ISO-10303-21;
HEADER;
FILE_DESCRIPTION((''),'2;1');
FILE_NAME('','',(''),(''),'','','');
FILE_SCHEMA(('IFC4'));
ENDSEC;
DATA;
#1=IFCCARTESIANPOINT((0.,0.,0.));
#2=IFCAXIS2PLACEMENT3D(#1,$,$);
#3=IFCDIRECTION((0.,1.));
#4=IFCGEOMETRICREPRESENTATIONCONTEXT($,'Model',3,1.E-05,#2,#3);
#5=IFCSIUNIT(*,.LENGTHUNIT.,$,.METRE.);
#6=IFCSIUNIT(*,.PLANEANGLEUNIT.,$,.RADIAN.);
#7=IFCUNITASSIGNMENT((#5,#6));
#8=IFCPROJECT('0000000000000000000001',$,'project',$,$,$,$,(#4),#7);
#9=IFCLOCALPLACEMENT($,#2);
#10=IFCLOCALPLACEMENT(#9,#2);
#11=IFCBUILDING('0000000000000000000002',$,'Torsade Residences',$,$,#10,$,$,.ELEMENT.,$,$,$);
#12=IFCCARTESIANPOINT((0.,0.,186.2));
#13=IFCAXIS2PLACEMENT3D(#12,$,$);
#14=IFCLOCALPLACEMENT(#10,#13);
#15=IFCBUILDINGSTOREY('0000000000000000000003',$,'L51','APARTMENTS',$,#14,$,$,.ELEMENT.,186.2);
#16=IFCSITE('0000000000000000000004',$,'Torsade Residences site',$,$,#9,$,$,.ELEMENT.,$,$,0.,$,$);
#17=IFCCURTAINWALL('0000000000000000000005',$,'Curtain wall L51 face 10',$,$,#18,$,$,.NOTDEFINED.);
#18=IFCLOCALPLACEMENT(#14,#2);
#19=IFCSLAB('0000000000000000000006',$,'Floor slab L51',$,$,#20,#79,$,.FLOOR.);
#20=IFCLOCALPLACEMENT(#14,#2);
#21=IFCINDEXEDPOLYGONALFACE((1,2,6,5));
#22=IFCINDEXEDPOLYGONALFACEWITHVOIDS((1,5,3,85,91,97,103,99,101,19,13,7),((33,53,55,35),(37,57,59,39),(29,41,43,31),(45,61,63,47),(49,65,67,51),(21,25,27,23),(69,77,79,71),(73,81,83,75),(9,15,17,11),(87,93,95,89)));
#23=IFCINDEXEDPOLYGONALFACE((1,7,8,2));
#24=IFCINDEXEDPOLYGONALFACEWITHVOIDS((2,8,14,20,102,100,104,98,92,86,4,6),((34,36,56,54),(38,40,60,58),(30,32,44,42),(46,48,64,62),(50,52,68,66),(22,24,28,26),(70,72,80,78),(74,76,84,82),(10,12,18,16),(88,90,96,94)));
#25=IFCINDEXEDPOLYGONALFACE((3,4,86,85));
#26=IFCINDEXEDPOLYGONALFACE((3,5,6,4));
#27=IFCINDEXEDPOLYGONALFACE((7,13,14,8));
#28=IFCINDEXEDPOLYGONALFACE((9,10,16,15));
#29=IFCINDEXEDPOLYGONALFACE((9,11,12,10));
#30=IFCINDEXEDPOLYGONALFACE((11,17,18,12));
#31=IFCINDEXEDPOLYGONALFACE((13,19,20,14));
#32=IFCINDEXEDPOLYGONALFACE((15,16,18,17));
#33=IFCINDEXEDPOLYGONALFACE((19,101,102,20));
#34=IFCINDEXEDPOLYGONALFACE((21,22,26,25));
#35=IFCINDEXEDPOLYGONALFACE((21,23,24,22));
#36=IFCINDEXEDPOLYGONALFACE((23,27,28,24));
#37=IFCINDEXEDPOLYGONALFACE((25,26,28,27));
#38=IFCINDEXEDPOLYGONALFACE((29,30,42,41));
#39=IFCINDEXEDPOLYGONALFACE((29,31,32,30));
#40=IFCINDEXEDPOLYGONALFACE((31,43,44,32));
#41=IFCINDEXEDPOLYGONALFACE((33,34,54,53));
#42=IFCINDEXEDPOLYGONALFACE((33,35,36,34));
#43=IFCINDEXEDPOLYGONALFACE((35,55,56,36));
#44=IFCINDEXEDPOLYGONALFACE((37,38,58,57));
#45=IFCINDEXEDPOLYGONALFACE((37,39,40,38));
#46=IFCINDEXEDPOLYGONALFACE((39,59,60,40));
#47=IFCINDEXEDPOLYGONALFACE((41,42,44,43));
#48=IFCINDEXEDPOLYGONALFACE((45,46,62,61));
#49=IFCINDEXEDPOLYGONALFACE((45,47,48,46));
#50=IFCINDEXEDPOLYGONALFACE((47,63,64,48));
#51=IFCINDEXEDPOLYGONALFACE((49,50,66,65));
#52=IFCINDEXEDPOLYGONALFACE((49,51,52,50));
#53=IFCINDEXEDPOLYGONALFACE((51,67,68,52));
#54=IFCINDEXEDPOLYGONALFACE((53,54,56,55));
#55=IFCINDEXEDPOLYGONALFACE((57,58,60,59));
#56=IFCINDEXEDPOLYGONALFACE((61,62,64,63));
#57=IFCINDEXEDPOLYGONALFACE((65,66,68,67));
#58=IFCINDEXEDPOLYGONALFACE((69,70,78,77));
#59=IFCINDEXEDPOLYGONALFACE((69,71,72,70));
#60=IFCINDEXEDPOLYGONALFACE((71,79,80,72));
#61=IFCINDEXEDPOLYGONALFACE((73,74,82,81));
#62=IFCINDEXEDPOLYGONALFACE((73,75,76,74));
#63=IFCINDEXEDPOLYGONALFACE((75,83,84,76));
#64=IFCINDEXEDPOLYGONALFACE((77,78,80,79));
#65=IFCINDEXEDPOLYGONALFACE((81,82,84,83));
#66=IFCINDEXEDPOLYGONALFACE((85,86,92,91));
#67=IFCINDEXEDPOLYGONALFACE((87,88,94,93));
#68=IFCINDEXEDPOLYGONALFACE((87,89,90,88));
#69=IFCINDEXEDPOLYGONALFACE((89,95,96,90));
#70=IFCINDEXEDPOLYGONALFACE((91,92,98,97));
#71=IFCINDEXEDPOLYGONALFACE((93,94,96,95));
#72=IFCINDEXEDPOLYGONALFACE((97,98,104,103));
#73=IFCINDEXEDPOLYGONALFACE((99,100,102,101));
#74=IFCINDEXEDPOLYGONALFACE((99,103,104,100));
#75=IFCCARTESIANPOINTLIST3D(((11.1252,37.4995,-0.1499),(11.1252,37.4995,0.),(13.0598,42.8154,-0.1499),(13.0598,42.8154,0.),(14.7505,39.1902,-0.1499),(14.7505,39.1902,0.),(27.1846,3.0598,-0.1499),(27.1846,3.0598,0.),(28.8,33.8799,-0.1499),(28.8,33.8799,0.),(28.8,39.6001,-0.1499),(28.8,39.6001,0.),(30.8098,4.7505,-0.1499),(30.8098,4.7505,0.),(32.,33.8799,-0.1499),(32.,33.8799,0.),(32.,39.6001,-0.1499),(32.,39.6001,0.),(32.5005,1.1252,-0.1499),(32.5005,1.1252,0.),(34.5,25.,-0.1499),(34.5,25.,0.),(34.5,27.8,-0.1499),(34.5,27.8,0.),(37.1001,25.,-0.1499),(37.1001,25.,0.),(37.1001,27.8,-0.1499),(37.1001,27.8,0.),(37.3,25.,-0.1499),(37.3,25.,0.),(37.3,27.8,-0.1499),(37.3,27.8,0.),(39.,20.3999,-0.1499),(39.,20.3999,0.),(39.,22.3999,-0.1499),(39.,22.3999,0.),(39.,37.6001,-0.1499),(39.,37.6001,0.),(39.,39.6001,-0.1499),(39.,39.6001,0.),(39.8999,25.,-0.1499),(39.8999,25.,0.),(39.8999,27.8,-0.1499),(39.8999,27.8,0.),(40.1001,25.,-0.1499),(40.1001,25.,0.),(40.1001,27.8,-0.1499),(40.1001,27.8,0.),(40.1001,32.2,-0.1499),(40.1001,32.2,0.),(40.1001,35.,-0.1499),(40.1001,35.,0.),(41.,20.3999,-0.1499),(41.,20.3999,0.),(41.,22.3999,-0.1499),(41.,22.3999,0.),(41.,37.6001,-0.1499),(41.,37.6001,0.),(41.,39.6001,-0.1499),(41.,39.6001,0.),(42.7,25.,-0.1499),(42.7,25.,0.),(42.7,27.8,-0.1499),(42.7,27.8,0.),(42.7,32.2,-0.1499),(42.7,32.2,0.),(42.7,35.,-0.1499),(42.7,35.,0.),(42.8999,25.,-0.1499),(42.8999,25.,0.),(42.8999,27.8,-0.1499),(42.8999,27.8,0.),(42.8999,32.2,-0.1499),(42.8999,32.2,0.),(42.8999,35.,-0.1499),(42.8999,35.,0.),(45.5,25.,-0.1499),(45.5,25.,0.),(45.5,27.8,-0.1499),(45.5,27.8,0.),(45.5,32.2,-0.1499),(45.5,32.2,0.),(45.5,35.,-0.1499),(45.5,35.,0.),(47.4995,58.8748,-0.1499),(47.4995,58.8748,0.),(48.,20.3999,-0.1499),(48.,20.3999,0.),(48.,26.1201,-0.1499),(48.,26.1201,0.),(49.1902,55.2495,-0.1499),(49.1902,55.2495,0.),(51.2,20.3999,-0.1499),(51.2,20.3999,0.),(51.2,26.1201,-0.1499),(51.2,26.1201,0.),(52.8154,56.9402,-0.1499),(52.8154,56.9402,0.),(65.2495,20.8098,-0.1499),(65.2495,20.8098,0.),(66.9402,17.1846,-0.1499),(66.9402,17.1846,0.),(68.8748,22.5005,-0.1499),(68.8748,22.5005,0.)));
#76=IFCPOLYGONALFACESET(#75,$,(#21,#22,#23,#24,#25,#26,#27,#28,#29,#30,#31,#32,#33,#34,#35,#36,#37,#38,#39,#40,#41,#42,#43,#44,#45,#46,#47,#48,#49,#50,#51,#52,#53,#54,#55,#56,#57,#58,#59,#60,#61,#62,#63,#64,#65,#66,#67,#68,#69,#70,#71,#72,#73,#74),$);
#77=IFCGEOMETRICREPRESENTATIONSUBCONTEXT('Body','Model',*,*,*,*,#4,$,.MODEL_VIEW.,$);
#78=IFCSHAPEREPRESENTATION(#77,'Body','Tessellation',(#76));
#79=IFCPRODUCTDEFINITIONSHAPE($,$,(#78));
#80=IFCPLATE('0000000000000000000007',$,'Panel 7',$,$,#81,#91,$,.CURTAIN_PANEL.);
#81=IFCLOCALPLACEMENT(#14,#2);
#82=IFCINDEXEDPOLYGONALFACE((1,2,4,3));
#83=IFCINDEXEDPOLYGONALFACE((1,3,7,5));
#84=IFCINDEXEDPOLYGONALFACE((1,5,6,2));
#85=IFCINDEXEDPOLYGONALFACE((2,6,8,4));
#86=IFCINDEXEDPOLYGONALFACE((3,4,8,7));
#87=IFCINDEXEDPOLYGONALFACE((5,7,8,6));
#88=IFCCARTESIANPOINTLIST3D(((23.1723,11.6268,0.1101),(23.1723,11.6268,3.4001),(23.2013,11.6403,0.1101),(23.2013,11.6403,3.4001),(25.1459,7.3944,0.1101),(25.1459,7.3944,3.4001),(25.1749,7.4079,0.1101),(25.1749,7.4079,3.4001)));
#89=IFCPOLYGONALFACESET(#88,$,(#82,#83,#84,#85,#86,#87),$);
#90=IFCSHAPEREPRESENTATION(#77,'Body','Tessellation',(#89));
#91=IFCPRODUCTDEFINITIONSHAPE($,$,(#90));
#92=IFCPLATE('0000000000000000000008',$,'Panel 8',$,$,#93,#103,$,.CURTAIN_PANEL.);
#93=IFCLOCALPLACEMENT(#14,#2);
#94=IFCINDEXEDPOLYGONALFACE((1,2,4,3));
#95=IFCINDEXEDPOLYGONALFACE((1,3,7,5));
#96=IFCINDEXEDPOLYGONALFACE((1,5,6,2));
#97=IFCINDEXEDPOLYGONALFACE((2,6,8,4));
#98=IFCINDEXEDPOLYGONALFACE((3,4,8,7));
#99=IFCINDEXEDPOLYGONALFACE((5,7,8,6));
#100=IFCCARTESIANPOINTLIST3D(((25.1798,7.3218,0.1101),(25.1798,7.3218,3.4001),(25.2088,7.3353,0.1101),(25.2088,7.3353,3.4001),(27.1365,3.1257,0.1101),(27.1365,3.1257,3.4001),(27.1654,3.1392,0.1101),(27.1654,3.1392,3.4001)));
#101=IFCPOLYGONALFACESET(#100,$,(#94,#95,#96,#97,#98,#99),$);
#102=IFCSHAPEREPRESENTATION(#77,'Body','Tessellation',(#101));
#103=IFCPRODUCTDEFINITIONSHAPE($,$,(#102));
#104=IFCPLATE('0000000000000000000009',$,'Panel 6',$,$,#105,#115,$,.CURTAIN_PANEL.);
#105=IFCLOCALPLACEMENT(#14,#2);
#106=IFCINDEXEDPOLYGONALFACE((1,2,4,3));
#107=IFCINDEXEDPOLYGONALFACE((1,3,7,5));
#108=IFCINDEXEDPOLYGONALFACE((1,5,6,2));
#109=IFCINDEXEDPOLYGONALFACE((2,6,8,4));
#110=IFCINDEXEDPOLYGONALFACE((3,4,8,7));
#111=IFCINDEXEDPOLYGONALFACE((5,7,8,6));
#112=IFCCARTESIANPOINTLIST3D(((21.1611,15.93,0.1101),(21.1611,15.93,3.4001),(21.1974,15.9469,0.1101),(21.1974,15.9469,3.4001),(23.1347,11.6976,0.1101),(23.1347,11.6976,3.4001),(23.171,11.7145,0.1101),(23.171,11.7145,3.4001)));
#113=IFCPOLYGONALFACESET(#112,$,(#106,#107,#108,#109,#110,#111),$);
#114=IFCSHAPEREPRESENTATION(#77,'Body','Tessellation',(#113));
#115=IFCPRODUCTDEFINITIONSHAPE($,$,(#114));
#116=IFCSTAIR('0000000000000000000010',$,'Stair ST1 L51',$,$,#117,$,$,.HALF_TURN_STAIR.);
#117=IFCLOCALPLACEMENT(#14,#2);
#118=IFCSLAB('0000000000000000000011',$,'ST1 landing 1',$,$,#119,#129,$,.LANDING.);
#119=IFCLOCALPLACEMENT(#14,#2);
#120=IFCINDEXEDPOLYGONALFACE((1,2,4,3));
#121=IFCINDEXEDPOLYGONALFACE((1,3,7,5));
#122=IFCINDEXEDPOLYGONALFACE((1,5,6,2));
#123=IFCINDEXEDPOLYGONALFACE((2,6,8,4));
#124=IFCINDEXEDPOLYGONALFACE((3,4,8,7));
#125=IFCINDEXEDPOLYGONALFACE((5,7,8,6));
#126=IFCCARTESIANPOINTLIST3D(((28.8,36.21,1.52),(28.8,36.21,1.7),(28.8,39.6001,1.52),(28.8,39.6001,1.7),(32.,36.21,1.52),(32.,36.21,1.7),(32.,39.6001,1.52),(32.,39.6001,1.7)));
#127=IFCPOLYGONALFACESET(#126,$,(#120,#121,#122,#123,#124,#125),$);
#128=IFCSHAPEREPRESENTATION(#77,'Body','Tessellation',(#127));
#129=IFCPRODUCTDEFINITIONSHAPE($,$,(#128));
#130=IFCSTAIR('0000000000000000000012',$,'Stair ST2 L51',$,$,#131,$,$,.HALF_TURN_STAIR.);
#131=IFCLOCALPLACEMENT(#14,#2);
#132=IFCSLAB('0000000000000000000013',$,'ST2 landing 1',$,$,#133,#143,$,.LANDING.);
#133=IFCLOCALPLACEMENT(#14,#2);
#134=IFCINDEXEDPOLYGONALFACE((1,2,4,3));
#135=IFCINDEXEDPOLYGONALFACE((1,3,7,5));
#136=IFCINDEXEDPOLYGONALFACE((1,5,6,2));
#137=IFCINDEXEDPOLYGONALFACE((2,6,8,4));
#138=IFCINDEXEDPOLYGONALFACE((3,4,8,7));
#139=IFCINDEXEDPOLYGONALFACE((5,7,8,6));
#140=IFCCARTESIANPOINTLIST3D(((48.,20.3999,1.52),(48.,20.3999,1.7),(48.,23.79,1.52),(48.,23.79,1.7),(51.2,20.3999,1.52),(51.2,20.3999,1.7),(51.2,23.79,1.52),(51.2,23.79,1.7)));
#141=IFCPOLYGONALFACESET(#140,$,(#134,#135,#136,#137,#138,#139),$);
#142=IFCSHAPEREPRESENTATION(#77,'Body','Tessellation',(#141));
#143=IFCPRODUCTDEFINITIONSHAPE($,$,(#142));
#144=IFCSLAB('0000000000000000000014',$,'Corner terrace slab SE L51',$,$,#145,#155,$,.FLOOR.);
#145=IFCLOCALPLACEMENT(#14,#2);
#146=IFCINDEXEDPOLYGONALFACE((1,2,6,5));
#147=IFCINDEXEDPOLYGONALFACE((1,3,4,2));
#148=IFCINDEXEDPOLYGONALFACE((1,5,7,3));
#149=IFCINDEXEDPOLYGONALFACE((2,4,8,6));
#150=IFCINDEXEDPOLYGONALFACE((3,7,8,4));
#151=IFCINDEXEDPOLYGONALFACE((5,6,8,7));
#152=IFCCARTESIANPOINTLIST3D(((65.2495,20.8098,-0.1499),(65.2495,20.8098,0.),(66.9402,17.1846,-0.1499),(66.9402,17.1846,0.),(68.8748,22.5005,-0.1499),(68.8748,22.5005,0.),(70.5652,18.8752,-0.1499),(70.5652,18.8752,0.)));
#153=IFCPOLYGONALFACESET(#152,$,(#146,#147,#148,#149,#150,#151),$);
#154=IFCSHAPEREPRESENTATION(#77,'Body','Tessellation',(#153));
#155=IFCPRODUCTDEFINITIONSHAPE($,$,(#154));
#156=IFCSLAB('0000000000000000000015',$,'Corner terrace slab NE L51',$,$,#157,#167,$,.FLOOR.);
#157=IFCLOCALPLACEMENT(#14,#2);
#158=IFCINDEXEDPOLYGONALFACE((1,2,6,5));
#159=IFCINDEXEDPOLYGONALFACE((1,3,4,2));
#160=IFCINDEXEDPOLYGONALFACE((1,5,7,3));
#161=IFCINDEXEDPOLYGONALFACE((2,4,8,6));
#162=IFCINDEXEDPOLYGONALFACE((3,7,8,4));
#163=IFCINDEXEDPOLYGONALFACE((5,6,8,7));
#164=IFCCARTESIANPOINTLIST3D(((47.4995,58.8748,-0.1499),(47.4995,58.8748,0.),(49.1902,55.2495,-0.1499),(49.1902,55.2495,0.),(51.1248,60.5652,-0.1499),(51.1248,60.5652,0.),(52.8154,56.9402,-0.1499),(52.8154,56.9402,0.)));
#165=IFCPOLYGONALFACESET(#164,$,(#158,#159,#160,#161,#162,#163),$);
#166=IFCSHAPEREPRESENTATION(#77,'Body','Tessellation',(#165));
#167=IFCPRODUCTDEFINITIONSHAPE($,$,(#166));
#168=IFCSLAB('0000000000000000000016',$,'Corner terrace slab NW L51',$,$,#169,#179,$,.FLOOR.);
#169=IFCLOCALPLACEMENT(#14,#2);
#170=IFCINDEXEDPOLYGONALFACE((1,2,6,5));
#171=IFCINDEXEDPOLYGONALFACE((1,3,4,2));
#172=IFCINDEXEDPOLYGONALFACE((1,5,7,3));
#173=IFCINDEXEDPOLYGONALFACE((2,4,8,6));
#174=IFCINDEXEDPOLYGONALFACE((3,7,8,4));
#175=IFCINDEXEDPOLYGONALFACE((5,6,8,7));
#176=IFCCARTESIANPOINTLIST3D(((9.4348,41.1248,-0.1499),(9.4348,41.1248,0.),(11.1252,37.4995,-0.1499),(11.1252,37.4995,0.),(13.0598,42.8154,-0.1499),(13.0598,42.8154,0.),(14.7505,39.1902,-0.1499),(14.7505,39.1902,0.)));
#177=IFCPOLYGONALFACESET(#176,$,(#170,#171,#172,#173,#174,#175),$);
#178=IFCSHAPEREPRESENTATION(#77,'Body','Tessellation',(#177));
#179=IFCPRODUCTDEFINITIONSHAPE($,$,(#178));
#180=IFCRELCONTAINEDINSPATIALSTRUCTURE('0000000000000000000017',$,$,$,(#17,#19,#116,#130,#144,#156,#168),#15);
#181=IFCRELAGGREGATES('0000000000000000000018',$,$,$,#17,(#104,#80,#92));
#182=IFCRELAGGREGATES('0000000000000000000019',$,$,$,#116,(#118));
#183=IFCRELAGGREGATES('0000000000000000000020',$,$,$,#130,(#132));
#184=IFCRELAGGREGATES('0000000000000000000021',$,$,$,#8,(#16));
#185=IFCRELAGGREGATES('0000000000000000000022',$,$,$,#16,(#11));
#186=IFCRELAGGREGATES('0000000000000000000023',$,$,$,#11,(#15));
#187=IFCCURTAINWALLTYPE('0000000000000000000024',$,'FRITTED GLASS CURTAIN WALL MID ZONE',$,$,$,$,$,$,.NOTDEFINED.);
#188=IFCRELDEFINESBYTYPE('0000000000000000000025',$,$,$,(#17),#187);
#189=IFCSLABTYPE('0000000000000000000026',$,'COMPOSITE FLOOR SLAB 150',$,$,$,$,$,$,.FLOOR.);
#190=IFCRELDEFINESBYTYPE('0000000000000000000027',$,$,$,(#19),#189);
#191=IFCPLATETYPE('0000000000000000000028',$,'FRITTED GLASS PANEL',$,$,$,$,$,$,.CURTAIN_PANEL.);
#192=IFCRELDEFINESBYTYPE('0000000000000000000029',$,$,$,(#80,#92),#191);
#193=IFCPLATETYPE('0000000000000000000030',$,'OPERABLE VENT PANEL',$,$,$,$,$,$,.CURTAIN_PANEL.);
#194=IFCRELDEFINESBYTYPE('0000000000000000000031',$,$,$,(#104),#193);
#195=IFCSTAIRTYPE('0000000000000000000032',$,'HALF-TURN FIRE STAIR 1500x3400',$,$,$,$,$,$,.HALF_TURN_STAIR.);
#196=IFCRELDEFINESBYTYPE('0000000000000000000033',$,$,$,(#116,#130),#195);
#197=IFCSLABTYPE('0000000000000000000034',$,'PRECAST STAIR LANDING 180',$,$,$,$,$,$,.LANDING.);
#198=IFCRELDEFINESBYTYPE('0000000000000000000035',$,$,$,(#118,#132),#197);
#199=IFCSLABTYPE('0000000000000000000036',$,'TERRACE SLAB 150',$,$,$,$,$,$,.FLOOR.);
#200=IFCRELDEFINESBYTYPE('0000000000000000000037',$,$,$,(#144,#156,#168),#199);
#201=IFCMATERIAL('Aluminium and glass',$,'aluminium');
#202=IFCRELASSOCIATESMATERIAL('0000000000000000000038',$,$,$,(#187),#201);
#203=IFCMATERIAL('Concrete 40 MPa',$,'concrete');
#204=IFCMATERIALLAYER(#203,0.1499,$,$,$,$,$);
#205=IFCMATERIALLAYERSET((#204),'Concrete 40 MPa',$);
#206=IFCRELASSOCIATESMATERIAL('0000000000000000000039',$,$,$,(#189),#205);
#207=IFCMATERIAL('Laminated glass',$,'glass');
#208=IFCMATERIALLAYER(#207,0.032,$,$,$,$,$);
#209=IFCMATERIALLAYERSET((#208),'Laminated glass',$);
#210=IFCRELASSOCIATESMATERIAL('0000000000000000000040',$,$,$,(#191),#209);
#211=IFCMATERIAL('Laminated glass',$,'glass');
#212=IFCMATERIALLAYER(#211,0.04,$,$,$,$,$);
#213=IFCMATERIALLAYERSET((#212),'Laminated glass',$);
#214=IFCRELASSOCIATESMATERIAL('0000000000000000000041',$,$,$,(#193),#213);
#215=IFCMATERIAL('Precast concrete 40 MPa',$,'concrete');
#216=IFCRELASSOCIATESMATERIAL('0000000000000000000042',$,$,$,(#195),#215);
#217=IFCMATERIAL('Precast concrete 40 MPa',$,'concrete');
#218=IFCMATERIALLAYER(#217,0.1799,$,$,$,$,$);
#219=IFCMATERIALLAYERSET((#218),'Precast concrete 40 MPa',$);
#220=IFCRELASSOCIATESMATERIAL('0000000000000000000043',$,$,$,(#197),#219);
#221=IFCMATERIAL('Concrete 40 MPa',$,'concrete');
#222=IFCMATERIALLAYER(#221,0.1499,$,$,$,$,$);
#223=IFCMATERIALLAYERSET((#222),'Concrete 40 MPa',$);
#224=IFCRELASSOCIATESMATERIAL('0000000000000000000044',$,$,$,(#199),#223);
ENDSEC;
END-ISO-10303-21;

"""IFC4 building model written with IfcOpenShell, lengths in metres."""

from ifc_helpers import new_model, si_unit, direction, frame, origin, origin_2d, place, context, subcontext, project, spatial, polyline, rectangle, outline, extrude, material, layer, layer_set, type_object, element, aggregate, save


model = new_model("IFC4")

# Units and contexts
model_context = context("Model", 3, precision=1e-05, world=origin(), true_north=direction((0.0, 1.0)))
body_context = subcontext(model_context, "Body", "Model", "MODEL_VIEW")
ifc_project = project(units=[si_unit("LENGTHUNIT", "METRE"), si_unit("PLANEANGLEUNIT", "RADIAN")], contexts=[model_context])

# Site, building, storey
site_placement = place(None, origin())
site = spatial("IfcSite", under=ifc_project, at=site_placement, Name="Torsade Residences site", CompositionType="ELEMENT", RefElevation=0.0)
building_placement = place(site_placement, origin())
building = spatial("IfcBuilding", under=site, at=building_placement, Name="Torsade Residences", CompositionType="ELEMENT")
storey_placement = place(building_placement, frame((0.0, 0.0, 186.2)))
storey = spatial("IfcBuildingStorey", under=building, at=storey_placement, Name="L51", Description="APARTMENTS", CompositionType="ELEMENT", Elevation=186.2)

# Curtain wall
ifc_material_1 = material(Name="Aluminium and glass", Category="aluminium")
curtain_wall_type = type_object("IfcCurtainWallType", Name="FRITTED GLASS CURTAIN WALL MID ZONE", PredefinedType="NOTDEFINED", material=ifc_material_1)
curtain_wall_placement = place(storey_placement, origin())
curtain_wall = element("IfcCurtainWall", 1, at=curtain_wall_placement, inside=storey, type_object=curtain_wall_type, Name="Curtain wall L51 face 10", PredefinedType="NOTDEFINED")

# Slab
ifc_material_2 = material(Name="Concrete 40 MPa", Category="concrete")
ifc_layer_1 = layer(ifc_material_2, 0.1499)
ifc_layer_set_1 = layer_set([ifc_layer_1], Name="Concrete 40 MPa")
slab_type_1 = type_object("IfcSlabType", Name="COMPOSITE FLOOR SLAB 150", PredefinedType="FLOOR", material=ifc_layer_set_1)
slab_1_placement = place(storey_placement, frame((0.0, 0.0, -0.1499)))
element("IfcSlab", 2, at=slab_1_placement, inside=storey, type_object=slab_type_1, Name="Floor slab L51", PredefinedType="FLOOR", context=body_context, shape_type="SweptSolid", body=[
    extrude(outline(polyline([(32.5005, 1.1252), (66.9402, 17.1846), (65.2495, 20.8098), (68.8748, 22.5005), (52.8154, 56.9402), (49.1902, 55.2495), (47.4995, 58.8748), (13.0598, 42.8154), (14.7505, 39.1902), (11.1252, 37.4995), (27.1846, 3.0598), (30.8098, 4.7505), (32.5005, 1.1252)]), holes=[polyline([(51.2, 26.1201), (48.0, 26.1201), (48.0, 20.3999), (51.2, 20.3999), (51.2, 26.1201)]), polyline([(45.5, 27.8), (42.8999, 27.8), (42.8999, 25.0), (45.5, 25.0), (45.5, 27.8)]), polyline([(45.5, 35.0), (42.8999, 35.0), (42.8999, 32.2), (45.5, 32.2), (45.5, 35.0)]), polyline([(42.7, 25.0), (42.7, 27.8), (40.1001, 27.8), (40.1001, 25.0), (42.7, 25.0)]), polyline([(42.7, 35.0), (40.1001, 35.0), (40.1001, 32.2), (42.7, 32.2), (42.7, 35.0)]), polyline([(41.0, 22.3999), (39.0, 22.3999), (39.0, 20.3999), (41.0, 20.3999), (41.0, 22.3999)]), polyline([(41.0, 37.6001), (41.0, 39.6001), (39.0, 39.6001), (39.0, 37.6001), (41.0, 37.6001)]), polyline([(39.8999, 25.0), (39.8999, 27.8), (37.3, 27.8), (37.3, 25.0), (39.8999, 25.0)]), polyline([(37.1001, 27.8), (34.5, 27.8), (34.5, 25.0), (37.1001, 25.0), (37.1001, 27.8)]), polyline([(32.0, 33.8799), (32.0, 39.6001), (28.8, 39.6001), (28.8, 33.8799), (32.0, 33.8799)])]), origin(), (0.0, 0.0, 1.0), 0.1499),
])

# Plates
ifc_material_3 = material(Name="Laminated glass", Category="glass")
ifc_layer_2 = layer(ifc_material_3, 0.032)
ifc_layer_set_2 = layer_set([ifc_layer_2], Name="Laminated glass")
plate_type_1 = type_object("IfcPlateType", Name="FRITTED GLASS PANEL", PredefinedType="CURTAIN_PANEL", material=ifc_layer_set_2)
plate_1_placement = place(storey_placement, frame((24.1736, 9.5173, 0.1101), z_axis=(0.0, 0.0, 1.0), x_axis=(0.422618, -0.906308, 0.0)))
plate_1 = element("IfcPlate", 3, at=plate_1_placement, type_object=plate_type_1, Name="Panel 7", PredefinedType="CURTAIN_PANEL", context=body_context, shape_type="SweptSolid", body=[
    extrude(rectangle(XDim=4.6699, YDim=0.032, at=origin_2d()), origin(), (0.0, 0.0, 1.0), 3.29),
])
plate_2_placement = place(storey_placement, frame((26.1726, 5.2305, 0.1101), z_axis=(0.0, 0.0, 1.0), x_axis=(0.422618, -0.906308, 0.0)))
plate_2 = element("IfcPlate", 4, at=plate_2_placement, type_object=plate_type_1, Name="Panel 8", PredefinedType="CURTAIN_PANEL", context=body_context, shape_type="SweptSolid", body=[
    extrude(rectangle(XDim=4.6299, YDim=0.032, at=origin_2d()), origin(), (0.0, 0.0, 1.0), 3.29),
])
ifc_material_4 = material(Name="Laminated glass", Category="glass")
ifc_layer_3 = layer(ifc_material_4, 0.04)
ifc_layer_set_3 = layer_set([ifc_layer_3], Name="Laminated glass")
plate_type_2 = type_object("IfcPlateType", Name="OPERABLE VENT PANEL", PredefinedType="CURTAIN_PANEL", material=ifc_layer_set_3)
plate_3_placement = place(storey_placement, frame((22.166, 13.8223, 0.1101), z_axis=(0.0, 0.0, 1.0), x_axis=(0.422618, -0.906308, 0.0)))
plate_3 = element("IfcPlate", 5, at=plate_3_placement, type_object=plate_type_2, Name="Panel 6", PredefinedType="CURTAIN_PANEL", context=body_context, shape_type="SweptSolid", body=[
    extrude(rectangle(XDim=4.6699, YDim=0.04, at=origin_2d()), origin(), (0.0, 0.0, 1.0), 3.29),
])
aggregate(curtain_wall, [plate_3, plate_1, plate_2])

# Stairs, slabs
ifc_material_5 = material(Name="Precast concrete 40 MPa", Category="concrete")
stair_type = type_object("IfcStairType", Name="HALF-TURN FIRE STAIR 1500x3400", PredefinedType="HALF_TURN_STAIR", material=ifc_material_5)
stair_1_placement = place(storey_placement, origin())
stair_1 = element("IfcStair", 6, at=stair_1_placement, inside=storey, type_object=stair_type, Name="Stair ST1 L51", PredefinedType="HALF_TURN_STAIR")
ifc_material_6 = material(Name="Precast concrete 40 MPa", Category="concrete")
ifc_layer_4 = layer(ifc_material_6, 0.1799)
ifc_layer_set_4 = layer_set([ifc_layer_4], Name="Precast concrete 40 MPa")
slab_type_2 = type_object("IfcSlabType", Name="PRECAST STAIR LANDING 180", PredefinedType="LANDING", material=ifc_layer_set_4)
slab_2_placement = place(storey_placement, frame((0.0, 0.0, 1.52)))
slab_2 = element("IfcSlab", 7, at=slab_2_placement, type_object=slab_type_2, Name="ST1 landing 1", PredefinedType="LANDING", context=body_context, shape_type="SweptSolid", body=[
    extrude(outline(polyline([(28.8, 36.21), (32.0, 36.21), (32.0, 39.6001), (28.8, 39.6001), (28.8, 36.21)])), origin(), (0.0, 0.0, 1.0), 0.1799),
])
aggregate(stair_1, [slab_2])
stair_2_placement = place(storey_placement, origin())
stair_2 = element("IfcStair", 8, at=stair_2_placement, inside=storey, type_object=stair_type, Name="Stair ST2 L51", PredefinedType="HALF_TURN_STAIR")
slab_3_placement = place(storey_placement, frame((0.0, 0.0, 1.52)))
slab_3 = element("IfcSlab", 9, at=slab_3_placement, type_object=slab_type_2, Name="ST2 landing 1", PredefinedType="LANDING", context=body_context, shape_type="SweptSolid", body=[
    extrude(outline(polyline([(48.0, 20.3999), (51.2, 20.3999), (51.2, 23.79), (48.0, 23.79), (48.0, 20.3999)])), origin(), (0.0, 0.0, 1.0), 0.1799),
])
aggregate(stair_2, [slab_3])

# Slabs
ifc_material_7 = material(Name="Concrete 40 MPa", Category="concrete")
ifc_layer_5 = layer(ifc_material_7, 0.1499)
ifc_layer_set_5 = layer_set([ifc_layer_5], Name="Concrete 40 MPa")
slab_type_3 = type_object("IfcSlabType", Name="TERRACE SLAB 150", PredefinedType="FLOOR", material=ifc_layer_set_5)
slab_4_placement = place(storey_placement, frame((0.0, 0.0, -0.1499)))
element("IfcSlab", 10, at=slab_4_placement, inside=storey, type_object=slab_type_3, Name="Corner terrace slab SE L51", PredefinedType="FLOOR", context=body_context, shape_type="SweptSolid", body=[
    extrude(outline(polyline([(66.9402, 17.1846), (70.5652, 18.8752), (68.8748, 22.5005), (65.2495, 20.8098), (66.9402, 17.1846)])), origin(), (0.0, 0.0, 1.0), 0.1499),
])
slab_5_placement = place(storey_placement, frame((0.0, 0.0, -0.1499)))
element("IfcSlab", 11, at=slab_5_placement, inside=storey, type_object=slab_type_3, Name="Corner terrace slab NE L51", PredefinedType="FLOOR", context=body_context, shape_type="SweptSolid", body=[
    extrude(outline(polyline([(49.1902, 55.2495), (52.8154, 56.9402), (51.1248, 60.5652), (47.4995, 58.8748), (49.1902, 55.2495)])), origin(), (0.0, 0.0, 1.0), 0.1499),
])
slab_6_placement = place(storey_placement, frame((0.0, 0.0, -0.1499)))
element("IfcSlab", 12, at=slab_6_placement, inside=storey, type_object=slab_type_3, Name="Corner terrace slab NW L51", PredefinedType="FLOOR", context=body_context, shape_type="SweptSolid", body=[
    extrude(outline(polyline([(11.1252, 37.4995), (14.7505, 39.1902), (13.0598, 42.8154), (9.4348, 41.1248), (11.1252, 37.4995)])), origin(), (0.0, 0.0, 1.0), 0.1499),
])

save(model, "model.ifc")
